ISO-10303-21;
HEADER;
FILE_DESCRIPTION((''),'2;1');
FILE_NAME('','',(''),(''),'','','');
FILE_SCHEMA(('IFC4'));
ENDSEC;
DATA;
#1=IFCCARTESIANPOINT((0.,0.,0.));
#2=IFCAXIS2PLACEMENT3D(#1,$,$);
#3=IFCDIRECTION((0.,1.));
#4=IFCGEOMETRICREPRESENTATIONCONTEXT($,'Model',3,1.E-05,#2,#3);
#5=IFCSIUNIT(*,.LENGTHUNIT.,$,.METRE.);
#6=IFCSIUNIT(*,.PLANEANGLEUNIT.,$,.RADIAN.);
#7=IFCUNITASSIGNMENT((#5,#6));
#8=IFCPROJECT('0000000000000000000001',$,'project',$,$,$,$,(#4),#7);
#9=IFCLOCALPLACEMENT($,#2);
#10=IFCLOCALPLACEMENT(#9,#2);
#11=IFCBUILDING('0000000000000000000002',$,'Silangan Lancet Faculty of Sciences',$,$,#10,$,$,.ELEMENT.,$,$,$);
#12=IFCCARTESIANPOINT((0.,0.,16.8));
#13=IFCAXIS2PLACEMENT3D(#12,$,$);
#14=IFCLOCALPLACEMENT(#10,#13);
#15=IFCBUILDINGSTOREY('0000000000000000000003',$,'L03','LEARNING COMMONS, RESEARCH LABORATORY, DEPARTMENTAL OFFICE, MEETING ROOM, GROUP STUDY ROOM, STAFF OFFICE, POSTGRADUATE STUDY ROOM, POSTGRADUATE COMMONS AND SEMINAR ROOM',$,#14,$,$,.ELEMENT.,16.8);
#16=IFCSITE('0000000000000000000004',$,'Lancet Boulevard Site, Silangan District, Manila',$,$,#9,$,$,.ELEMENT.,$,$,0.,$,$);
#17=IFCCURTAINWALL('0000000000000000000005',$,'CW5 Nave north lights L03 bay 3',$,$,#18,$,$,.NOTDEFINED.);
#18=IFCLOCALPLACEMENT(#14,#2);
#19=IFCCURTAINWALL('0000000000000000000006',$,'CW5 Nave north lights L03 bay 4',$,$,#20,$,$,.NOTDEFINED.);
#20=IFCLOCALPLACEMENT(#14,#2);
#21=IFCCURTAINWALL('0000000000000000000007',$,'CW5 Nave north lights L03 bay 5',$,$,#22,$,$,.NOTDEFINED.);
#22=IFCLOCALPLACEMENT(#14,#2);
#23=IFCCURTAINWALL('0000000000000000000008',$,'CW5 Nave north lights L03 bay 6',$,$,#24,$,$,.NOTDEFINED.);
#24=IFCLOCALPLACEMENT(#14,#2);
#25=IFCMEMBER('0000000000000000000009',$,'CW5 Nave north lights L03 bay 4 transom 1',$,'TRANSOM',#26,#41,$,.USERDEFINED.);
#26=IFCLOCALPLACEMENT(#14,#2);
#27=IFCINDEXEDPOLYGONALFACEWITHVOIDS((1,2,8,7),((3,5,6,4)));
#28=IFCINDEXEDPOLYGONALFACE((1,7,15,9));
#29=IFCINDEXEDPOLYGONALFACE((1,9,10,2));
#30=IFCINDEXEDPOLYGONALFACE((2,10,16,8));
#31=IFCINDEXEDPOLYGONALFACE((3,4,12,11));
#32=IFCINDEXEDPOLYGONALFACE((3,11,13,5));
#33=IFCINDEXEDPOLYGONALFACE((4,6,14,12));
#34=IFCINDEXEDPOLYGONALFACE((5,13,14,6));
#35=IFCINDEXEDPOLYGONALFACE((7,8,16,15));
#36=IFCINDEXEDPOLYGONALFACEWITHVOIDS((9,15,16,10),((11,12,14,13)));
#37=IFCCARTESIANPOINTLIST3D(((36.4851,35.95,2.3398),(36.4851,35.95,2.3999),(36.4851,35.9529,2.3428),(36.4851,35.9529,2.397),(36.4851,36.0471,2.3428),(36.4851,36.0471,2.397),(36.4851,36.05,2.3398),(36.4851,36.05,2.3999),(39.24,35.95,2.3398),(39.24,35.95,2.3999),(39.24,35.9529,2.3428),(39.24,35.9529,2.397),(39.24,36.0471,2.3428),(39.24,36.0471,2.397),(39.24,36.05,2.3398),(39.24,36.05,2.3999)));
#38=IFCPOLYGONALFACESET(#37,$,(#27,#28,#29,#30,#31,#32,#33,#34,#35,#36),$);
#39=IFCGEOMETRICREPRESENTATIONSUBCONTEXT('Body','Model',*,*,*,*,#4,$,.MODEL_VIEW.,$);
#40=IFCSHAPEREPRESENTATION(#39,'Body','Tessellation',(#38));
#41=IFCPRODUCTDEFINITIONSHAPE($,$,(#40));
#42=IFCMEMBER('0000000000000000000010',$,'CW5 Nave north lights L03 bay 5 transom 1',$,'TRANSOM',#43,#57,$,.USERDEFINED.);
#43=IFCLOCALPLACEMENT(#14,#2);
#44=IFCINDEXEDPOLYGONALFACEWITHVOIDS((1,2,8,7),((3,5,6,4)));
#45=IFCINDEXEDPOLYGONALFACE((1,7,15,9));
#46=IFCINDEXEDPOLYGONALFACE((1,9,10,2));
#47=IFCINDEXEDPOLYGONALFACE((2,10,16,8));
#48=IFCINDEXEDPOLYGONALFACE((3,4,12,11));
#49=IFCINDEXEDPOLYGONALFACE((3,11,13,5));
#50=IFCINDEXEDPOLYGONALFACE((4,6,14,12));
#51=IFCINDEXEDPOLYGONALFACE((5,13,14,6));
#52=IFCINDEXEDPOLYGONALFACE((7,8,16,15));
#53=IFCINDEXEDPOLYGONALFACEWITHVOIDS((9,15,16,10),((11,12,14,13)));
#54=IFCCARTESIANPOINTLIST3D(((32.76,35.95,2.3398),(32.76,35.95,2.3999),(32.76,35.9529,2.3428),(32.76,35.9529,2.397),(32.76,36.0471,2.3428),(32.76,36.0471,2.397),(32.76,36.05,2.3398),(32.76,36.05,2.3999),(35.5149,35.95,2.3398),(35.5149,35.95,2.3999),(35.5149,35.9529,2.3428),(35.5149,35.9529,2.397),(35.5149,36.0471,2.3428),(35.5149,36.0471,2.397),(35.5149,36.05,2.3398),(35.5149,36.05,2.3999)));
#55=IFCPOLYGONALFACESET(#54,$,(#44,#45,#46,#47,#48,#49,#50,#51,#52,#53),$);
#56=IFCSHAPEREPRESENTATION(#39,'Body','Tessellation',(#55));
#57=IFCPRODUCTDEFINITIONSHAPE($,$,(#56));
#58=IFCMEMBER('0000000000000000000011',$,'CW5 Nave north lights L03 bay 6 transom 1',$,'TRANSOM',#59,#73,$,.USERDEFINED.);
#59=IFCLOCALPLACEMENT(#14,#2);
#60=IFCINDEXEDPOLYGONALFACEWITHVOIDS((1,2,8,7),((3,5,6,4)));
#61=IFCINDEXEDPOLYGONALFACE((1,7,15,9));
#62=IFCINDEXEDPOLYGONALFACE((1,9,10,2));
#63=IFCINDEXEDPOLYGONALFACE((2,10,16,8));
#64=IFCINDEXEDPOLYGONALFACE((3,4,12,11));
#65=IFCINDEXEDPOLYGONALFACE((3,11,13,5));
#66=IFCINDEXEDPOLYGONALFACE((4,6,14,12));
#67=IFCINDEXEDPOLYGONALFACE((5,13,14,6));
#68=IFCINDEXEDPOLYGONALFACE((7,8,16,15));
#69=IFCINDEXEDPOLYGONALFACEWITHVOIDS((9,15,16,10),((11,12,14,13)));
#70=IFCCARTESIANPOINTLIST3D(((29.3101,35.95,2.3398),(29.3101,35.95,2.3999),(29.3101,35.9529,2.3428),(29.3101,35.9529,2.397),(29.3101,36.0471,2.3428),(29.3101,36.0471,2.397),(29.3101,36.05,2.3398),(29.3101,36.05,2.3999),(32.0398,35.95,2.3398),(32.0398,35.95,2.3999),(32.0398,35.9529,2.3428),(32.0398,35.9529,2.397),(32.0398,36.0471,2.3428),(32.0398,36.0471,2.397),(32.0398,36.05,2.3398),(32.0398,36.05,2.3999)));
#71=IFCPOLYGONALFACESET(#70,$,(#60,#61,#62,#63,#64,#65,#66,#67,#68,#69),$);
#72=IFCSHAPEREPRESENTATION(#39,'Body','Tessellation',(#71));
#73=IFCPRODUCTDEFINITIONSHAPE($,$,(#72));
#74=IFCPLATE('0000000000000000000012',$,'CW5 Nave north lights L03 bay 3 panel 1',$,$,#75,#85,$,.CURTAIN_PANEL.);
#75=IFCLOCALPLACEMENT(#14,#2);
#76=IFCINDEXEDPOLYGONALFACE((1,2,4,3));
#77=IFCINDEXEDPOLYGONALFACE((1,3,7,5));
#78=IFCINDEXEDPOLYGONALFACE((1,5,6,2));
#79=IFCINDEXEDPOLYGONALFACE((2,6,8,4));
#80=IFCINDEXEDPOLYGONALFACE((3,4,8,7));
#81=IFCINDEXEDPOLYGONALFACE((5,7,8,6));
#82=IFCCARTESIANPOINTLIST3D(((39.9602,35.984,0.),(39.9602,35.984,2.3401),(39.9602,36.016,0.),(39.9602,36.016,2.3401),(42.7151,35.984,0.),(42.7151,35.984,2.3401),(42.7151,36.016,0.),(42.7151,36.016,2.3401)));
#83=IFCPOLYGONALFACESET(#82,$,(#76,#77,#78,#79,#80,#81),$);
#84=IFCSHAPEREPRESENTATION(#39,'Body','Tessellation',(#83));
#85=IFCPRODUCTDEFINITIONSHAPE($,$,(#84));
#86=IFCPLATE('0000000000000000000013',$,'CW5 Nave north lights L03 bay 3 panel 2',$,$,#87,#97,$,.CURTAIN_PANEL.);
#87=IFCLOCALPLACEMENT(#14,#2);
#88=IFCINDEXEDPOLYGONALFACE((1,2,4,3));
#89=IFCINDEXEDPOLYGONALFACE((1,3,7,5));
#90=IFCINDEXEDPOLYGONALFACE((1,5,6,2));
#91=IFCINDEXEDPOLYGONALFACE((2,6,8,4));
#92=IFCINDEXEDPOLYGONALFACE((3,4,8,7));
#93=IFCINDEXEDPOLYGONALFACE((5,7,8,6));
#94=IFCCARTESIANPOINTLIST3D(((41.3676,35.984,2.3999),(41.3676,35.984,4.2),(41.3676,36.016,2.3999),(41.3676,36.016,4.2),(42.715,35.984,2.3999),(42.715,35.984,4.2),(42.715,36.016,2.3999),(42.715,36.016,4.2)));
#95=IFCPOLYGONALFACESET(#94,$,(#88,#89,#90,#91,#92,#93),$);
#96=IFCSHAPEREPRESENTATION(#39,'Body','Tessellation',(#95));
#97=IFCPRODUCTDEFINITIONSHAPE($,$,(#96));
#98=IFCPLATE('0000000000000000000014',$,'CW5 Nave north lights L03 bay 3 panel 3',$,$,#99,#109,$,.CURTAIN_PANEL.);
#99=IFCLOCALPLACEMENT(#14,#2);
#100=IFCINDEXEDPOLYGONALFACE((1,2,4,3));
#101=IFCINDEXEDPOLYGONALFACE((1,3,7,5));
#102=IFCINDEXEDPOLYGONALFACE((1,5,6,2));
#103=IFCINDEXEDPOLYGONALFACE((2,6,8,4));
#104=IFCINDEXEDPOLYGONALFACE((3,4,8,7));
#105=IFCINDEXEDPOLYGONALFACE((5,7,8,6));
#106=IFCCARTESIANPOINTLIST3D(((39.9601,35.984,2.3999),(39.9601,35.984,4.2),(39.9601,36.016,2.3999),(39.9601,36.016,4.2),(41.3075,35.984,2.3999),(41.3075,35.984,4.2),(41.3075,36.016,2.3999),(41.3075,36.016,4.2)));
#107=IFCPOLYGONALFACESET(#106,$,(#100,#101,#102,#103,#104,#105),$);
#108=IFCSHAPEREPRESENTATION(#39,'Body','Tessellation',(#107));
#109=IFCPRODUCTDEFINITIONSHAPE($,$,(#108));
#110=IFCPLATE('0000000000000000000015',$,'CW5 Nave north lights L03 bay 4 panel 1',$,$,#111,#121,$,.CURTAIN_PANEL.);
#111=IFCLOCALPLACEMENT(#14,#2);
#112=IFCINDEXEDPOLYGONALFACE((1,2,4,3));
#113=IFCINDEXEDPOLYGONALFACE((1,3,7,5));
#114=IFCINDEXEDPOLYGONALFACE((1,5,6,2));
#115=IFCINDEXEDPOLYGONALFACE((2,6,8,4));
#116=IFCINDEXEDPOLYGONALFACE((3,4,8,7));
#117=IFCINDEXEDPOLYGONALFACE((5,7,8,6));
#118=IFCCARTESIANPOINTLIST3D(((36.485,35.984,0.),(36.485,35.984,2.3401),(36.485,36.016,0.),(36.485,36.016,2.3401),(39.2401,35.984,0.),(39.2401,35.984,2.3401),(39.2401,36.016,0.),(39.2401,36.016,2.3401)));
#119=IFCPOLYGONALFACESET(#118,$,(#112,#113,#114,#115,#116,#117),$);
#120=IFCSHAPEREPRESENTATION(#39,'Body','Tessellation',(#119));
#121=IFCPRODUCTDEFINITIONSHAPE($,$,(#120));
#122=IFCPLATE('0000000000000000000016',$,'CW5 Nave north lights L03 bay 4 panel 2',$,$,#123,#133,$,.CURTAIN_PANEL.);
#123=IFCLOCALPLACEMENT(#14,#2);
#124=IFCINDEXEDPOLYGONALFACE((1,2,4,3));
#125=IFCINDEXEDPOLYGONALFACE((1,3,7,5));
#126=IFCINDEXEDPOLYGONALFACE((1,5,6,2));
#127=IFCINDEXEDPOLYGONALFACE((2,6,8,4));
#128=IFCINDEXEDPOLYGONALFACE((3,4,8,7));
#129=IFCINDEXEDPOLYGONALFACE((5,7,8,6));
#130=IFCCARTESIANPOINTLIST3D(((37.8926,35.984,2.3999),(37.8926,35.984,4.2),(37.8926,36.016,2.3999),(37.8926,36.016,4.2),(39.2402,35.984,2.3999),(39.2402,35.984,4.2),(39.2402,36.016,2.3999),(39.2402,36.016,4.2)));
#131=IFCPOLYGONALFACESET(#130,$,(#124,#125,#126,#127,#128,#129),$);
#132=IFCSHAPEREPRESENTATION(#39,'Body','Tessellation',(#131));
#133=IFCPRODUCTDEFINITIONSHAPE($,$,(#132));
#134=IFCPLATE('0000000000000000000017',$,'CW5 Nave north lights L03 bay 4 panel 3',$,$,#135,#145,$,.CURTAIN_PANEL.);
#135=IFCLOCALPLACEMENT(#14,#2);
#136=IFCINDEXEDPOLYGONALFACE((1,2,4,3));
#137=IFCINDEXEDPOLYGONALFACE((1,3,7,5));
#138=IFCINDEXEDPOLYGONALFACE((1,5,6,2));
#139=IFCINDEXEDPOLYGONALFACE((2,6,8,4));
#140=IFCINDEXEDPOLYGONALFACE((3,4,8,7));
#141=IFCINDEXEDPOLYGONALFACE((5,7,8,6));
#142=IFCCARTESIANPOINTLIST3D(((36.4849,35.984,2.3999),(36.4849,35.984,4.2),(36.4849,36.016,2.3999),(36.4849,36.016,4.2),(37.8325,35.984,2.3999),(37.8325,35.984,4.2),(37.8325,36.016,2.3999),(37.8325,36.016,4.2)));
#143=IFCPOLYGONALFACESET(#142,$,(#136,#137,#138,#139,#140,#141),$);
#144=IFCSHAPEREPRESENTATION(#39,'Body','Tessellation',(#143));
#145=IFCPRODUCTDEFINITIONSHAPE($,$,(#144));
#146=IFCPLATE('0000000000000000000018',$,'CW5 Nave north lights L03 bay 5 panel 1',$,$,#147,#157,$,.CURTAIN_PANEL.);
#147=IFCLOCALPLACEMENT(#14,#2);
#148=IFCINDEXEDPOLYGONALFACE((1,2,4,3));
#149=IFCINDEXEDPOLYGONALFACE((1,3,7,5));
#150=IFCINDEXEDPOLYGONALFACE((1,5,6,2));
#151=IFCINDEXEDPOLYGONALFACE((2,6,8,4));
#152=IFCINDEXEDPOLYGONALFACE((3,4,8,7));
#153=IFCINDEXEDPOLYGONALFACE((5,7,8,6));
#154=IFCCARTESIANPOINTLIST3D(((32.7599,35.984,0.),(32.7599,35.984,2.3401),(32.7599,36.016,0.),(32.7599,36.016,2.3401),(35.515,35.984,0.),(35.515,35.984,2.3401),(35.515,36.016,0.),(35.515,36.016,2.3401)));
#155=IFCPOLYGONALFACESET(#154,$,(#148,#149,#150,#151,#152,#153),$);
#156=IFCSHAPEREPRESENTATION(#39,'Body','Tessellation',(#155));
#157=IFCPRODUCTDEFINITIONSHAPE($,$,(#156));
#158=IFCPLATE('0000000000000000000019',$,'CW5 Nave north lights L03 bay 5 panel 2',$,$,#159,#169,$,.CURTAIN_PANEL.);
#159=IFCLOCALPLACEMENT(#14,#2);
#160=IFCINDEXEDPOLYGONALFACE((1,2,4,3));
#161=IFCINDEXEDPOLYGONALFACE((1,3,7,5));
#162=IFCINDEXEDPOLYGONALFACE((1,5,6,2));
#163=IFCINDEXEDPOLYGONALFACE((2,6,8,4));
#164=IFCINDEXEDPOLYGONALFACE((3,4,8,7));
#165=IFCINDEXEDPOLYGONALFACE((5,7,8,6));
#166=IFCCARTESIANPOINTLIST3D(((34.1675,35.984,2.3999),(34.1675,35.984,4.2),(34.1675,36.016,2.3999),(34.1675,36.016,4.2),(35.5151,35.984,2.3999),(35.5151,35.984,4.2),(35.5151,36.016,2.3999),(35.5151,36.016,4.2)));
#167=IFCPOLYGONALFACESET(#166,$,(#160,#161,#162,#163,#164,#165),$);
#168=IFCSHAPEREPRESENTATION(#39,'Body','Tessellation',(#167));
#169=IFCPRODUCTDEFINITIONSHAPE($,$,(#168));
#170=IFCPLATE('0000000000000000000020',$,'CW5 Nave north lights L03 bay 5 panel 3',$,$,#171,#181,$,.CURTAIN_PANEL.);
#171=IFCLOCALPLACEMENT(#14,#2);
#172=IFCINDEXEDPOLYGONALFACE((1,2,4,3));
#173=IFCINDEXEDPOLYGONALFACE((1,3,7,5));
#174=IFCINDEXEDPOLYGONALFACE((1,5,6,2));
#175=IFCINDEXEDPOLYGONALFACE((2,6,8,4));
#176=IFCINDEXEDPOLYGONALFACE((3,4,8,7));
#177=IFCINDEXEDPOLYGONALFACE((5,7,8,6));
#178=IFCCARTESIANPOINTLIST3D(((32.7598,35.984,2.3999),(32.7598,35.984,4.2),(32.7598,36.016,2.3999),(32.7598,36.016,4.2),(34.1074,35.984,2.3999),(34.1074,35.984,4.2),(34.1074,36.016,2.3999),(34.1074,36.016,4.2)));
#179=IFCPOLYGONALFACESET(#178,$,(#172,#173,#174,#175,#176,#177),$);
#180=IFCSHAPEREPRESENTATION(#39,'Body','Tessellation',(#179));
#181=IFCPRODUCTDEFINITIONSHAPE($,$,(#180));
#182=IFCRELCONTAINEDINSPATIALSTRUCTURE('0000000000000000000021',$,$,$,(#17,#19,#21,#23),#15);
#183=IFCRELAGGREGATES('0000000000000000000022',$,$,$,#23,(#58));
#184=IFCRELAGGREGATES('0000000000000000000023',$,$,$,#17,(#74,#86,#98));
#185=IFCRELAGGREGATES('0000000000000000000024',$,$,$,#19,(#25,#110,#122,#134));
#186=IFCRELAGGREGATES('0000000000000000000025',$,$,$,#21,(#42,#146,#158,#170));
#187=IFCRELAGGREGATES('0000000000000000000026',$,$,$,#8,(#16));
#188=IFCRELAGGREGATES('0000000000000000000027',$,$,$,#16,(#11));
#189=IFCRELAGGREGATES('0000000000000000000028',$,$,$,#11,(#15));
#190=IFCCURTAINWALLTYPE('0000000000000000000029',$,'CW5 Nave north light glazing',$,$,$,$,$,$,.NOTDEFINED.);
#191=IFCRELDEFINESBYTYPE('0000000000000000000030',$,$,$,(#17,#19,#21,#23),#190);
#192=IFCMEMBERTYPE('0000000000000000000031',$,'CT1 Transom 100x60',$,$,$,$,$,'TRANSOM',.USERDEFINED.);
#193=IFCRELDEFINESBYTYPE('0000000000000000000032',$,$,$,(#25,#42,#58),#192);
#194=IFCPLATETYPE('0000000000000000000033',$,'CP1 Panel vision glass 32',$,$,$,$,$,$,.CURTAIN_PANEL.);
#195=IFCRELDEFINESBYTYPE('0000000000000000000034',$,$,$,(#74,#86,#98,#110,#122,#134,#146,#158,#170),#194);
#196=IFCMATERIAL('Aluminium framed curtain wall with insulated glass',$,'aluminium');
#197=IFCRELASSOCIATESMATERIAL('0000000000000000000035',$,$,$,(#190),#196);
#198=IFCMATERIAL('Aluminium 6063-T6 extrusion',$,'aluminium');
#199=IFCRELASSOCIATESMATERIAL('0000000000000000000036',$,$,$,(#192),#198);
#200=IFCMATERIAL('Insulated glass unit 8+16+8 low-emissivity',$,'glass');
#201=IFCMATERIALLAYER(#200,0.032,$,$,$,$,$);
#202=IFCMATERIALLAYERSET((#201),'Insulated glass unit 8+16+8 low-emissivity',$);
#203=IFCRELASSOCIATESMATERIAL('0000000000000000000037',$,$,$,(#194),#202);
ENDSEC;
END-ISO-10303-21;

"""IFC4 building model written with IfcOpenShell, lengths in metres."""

from ifc_helpers import new_model, si_unit, direction, frame, origin, origin_2d, place, context, subcontext, project, spatial, rectangle, hollow_rectangle, extrude, material, layer, layer_set, material_profile, profile_set, type_object, element, aggregate, save


model = new_model("IFC4")

# Units and contexts
model_context = context("Model", 3, precision=1e-05, world=origin(), true_north=direction((0.0, 1.0)))
body_context = subcontext(model_context, "Body", "Model", "MODEL_VIEW")
ifc_project = project(units=[si_unit("LENGTHUNIT", "METRE"), si_unit("PLANEANGLEUNIT", "RADIAN")], contexts=[model_context])

# Site, building, storey
site_placement = place(None, origin())
site = spatial("IfcSite", under=ifc_project, at=site_placement, Name="Lancet Boulevard Site, Silangan District, Manila", CompositionType="ELEMENT", RefElevation=0.0)
building_placement = place(site_placement, origin())
building = spatial("IfcBuilding", under=site, at=building_placement, Name="Silangan Lancet Faculty of Sciences", CompositionType="ELEMENT")
storey_placement = place(building_placement, frame((0.0, 0.0, 16.8)))
storey = spatial("IfcBuildingStorey", under=building, at=storey_placement, Name="L03", Description="LEARNING COMMONS, RESEARCH LABORATORY, DEPARTMENTAL OFFICE, MEETING ROOM, GROUP STUDY ROOM, STAFF OFFICE, POSTGRADUATE STUDY ROOM, POSTGRADUATE COMMONS AND SEMINAR ROOM", CompositionType="ELEMENT", Elevation=16.8)

# Curtain walls
ifc_material_1 = material(Name="Aluminium framed curtain wall with insulated glass", Category="aluminium")
curtain_wall_type = type_object("IfcCurtainWallType", Name="CW5 Nave north light glazing", PredefinedType="NOTDEFINED", material=ifc_material_1)
curtain_wall_1_placement = place(storey_placement, origin())
curtain_wall_1 = element("IfcCurtainWall", 1, at=curtain_wall_1_placement, inside=storey, type_object=curtain_wall_type, Name="CW5 Nave north lights L03 bay 3", PredefinedType="NOTDEFINED")
curtain_wall_2_placement = place(storey_placement, origin())
curtain_wall_2 = element("IfcCurtainWall", 2, at=curtain_wall_2_placement, inside=storey, type_object=curtain_wall_type, Name="CW5 Nave north lights L03 bay 4", PredefinedType="NOTDEFINED")
curtain_wall_3_placement = place(storey_placement, origin())
curtain_wall_3 = element("IfcCurtainWall", 3, at=curtain_wall_3_placement, inside=storey, type_object=curtain_wall_type, Name="CW5 Nave north lights L03 bay 5", PredefinedType="NOTDEFINED")

# Curtain wall
curtain_wall_4_placement = place(storey_placement, origin())
curtain_wall_4 = element("IfcCurtainWall", 4, at=curtain_wall_4_placement, inside=storey, type_object=curtain_wall_type, Name="CW5 Nave north lights L03 bay 6", PredefinedType="NOTDEFINED")

# Members
ifc_material_2 = material(Name="Aluminium 6063-T6 extrusion", Category="aluminium")
ifc_material_profile_1 = material_profile(ifc_material_2, hollow_rectangle(XDim=0.1001, YDim=0.0601, WallThickness=0.0029, at=origin_2d()), Name="AL BOX 100x60x3")
ifc_profile_set_1 = profile_set([ifc_material_profile_1], Name="Aluminium 6063-T6 extrusion")
member_type_1 = type_object("IfcMemberType", Name="CT1 Transom 100x60", ElementType="TRANSOM", PredefinedType="USERDEFINED", material=ifc_profile_set_1)
member_1_placement = place(storey_placement, frame((39.24, 36.0, 2.3699), z_axis=(-1.0, 0.0, 0.0), x_axis=(0.0, -1.0, 0.0)))
member_1 = element("IfcMember", 5, at=member_1_placement, type_object=member_type_1, Name="CW5 Nave north lights L03 bay 4 transom 1", ObjectType="TRANSOM", PredefinedType="USERDEFINED", context=body_context, shape_type="SweptSolid", body=[
    extrude(hollow_rectangle(XDim=0.1001, YDim=0.0601, WallThickness=0.0029, at=origin_2d()), origin(), (0.0, 0.0, 1.0), 2.7549),
])
member_2_placement = place(storey_placement, frame((35.5149, 36.0, 2.3699), z_axis=(-1.0, 0.0, 0.0), x_axis=(0.0, -1.0, 0.0)))
member_2 = element("IfcMember", 6, at=member_2_placement, type_object=member_type_1, Name="CW5 Nave north lights L03 bay 5 transom 1", ObjectType="TRANSOM", PredefinedType="USERDEFINED", context=body_context, shape_type="SweptSolid", body=[
    extrude(hollow_rectangle(XDim=0.1001, YDim=0.0601, WallThickness=0.0029, at=origin_2d()), origin(), (0.0, 0.0, 1.0), 2.7549),
])
member_3_placement = place(storey_placement, frame((32.0398, 36.0, 2.3699), z_axis=(-1.0, 0.0, 0.0), x_axis=(0.0, -1.0, 0.0)))
member_3 = element("IfcMember", 7, at=member_3_placement, type_object=member_type_1, Name="CW5 Nave north lights L03 bay 6 transom 1", ObjectType="TRANSOM", PredefinedType="USERDEFINED", context=body_context, shape_type="SweptSolid", body=[
    extrude(hollow_rectangle(XDim=0.1001, YDim=0.0601, WallThickness=0.0029, at=origin_2d()), origin(), (0.0, 0.0, 1.0), 2.7297),
])
aggregate(curtain_wall_4, [member_3])

# Plates
ifc_material_3 = material(Name="Insulated glass unit 8+16+8 low-emissivity", Category="glass")
ifc_layer = layer(ifc_material_3, 0.032)
ifc_layer_set = layer_set([ifc_layer], Name="Insulated glass unit 8+16+8 low-emissivity")
plate_type = type_object("IfcPlateType", Name="CP1 Panel vision glass 32", PredefinedType="CURTAIN_PANEL", material=ifc_layer_set)
plate_1_placement = place(storey_placement, frame((41.3376, 36.0, 0.0), z_axis=(0.0, 0.0, 1.0), x_axis=(-1.0, 0.0, 0.0)))
plate_1 = element("IfcPlate", 8, at=plate_1_placement, type_object=plate_type, Name="CW5 Nave north lights L03 bay 3 panel 1", PredefinedType="CURTAIN_PANEL", context=body_context, shape_type="SweptSolid", body=[
    extrude(rectangle(XDim=2.7549, YDim=0.032, at=origin_2d()), origin(), (0.0, 0.0, 1.0), 2.3401),
])
plate_2_placement = place(storey_placement, frame((42.0413, 36.0, 2.3999), z_axis=(0.0, 0.0, 1.0), x_axis=(-1.0, 0.0, 0.0)))
plate_2 = element("IfcPlate", 9, at=plate_2_placement, type_object=plate_type, Name="CW5 Nave north lights L03 bay 3 panel 2", PredefinedType="CURTAIN_PANEL", context=body_context, shape_type="SweptSolid", body=[
    extrude(rectangle(XDim=1.3474, YDim=0.032, at=origin_2d()), origin(), (0.0, 0.0, 1.0), 1.8),
])
plate_3_placement = place(storey_placement, frame((40.6338, 36.0, 2.3999), z_axis=(0.0, 0.0, 1.0), x_axis=(-1.0, 0.0, 0.0)))
plate_3 = element("IfcPlate", 10, at=plate_3_placement, type_object=plate_type, Name="CW5 Nave north lights L03 bay 3 panel 3", PredefinedType="CURTAIN_PANEL", context=body_context, shape_type="SweptSolid", body=[
    extrude(rectangle(XDim=1.3474, YDim=0.032, at=origin_2d()), origin(), (0.0, 0.0, 1.0), 1.8),
])
aggregate(curtain_wall_1, [plate_1, plate_2, plate_3])
plate_4_placement = place(storey_placement, frame((37.8625, 36.0, 0.0), z_axis=(0.0, 0.0, 1.0), x_axis=(-1.0, 0.0, 0.0)))
plate_4 = element("IfcPlate", 11, at=plate_4_placement, type_object=plate_type, Name="CW5 Nave north lights L03 bay 4 panel 1", PredefinedType="CURTAIN_PANEL", context=body_context, shape_type="SweptSolid", body=[
    extrude(rectangle(XDim=2.7551, YDim=0.032, at=origin_2d()), origin(), (0.0, 0.0, 1.0), 2.3401),
])
plate_5_placement = place(storey_placement, frame((38.5664, 36.0, 2.3999), z_axis=(0.0, 0.0, 1.0), x_axis=(-1.0, 0.0, 0.0)))
plate_5 = element("IfcPlate", 12, at=plate_5_placement, type_object=plate_type, Name="CW5 Nave north lights L03 bay 4 panel 2", PredefinedType="CURTAIN_PANEL", context=body_context, shape_type="SweptSolid", body=[
    extrude(rectangle(XDim=1.3477, YDim=0.032, at=origin_2d()), origin(), (0.0, 0.0, 1.0), 1.8),
])
plate_6_placement = place(storey_placement, frame((37.1587, 36.0, 2.3999), z_axis=(0.0, 0.0, 1.0), x_axis=(-1.0, 0.0, 0.0)))
plate_6 = element("IfcPlate", 13, at=plate_6_placement, type_object=plate_type, Name="CW5 Nave north lights L03 bay 4 panel 3", PredefinedType="CURTAIN_PANEL", context=body_context, shape_type="SweptSolid", body=[
    extrude(rectangle(XDim=1.3477, YDim=0.032, at=origin_2d()), origin(), (0.0, 0.0, 1.0), 1.8),
])
aggregate(curtain_wall_2, [member_1, plate_4, plate_5, plate_6])
plate_7_placement = place(storey_placement, frame((34.1375, 36.0, 0.0), z_axis=(0.0, 0.0, 1.0), x_axis=(-1.0, 0.0, 0.0)))
plate_7 = element("IfcPlate", 14, at=plate_7_placement, type_object=plate_type, Name="CW5 Nave north lights L03 bay 5 panel 1", PredefinedType="CURTAIN_PANEL", context=body_context, shape_type="SweptSolid", body=[
    extrude(rectangle(XDim=2.7551, YDim=0.032, at=origin_2d()), origin(), (0.0, 0.0, 1.0), 2.3401),
])
plate_8_placement = place(storey_placement, frame((34.8413, 36.0, 2.3999), z_axis=(0.0, 0.0, 1.0), x_axis=(-1.0, 0.0, 0.0)))
plate_8 = element("IfcPlate", 15, at=plate_8_placement, type_object=plate_type, Name="CW5 Nave north lights L03 bay 5 panel 2", PredefinedType="CURTAIN_PANEL", context=body_context, shape_type="SweptSolid", body=[
    extrude(rectangle(XDim=1.3477, YDim=0.032, at=origin_2d()), origin(), (0.0, 0.0, 1.0), 1.8),
])
plate_9_placement = place(storey_placement, frame((33.4336, 36.0, 2.3999), z_axis=(0.0, 0.0, 1.0), x_axis=(-1.0, 0.0, 0.0)))
plate_9 = element("IfcPlate", 16, at=plate_9_placement, type_object=plate_type, Name="CW5 Nave north lights L03 bay 5 panel 3", PredefinedType="CURTAIN_PANEL", context=body_context, shape_type="SweptSolid", body=[
    extrude(rectangle(XDim=1.3477, YDim=0.032, at=origin_2d()), origin(), (0.0, 0.0, 1.0), 1.8),
])
aggregate(curtain_wall_3, [member_2, plate_7, plate_8, plate_9])

save(model, "model.ifc")
